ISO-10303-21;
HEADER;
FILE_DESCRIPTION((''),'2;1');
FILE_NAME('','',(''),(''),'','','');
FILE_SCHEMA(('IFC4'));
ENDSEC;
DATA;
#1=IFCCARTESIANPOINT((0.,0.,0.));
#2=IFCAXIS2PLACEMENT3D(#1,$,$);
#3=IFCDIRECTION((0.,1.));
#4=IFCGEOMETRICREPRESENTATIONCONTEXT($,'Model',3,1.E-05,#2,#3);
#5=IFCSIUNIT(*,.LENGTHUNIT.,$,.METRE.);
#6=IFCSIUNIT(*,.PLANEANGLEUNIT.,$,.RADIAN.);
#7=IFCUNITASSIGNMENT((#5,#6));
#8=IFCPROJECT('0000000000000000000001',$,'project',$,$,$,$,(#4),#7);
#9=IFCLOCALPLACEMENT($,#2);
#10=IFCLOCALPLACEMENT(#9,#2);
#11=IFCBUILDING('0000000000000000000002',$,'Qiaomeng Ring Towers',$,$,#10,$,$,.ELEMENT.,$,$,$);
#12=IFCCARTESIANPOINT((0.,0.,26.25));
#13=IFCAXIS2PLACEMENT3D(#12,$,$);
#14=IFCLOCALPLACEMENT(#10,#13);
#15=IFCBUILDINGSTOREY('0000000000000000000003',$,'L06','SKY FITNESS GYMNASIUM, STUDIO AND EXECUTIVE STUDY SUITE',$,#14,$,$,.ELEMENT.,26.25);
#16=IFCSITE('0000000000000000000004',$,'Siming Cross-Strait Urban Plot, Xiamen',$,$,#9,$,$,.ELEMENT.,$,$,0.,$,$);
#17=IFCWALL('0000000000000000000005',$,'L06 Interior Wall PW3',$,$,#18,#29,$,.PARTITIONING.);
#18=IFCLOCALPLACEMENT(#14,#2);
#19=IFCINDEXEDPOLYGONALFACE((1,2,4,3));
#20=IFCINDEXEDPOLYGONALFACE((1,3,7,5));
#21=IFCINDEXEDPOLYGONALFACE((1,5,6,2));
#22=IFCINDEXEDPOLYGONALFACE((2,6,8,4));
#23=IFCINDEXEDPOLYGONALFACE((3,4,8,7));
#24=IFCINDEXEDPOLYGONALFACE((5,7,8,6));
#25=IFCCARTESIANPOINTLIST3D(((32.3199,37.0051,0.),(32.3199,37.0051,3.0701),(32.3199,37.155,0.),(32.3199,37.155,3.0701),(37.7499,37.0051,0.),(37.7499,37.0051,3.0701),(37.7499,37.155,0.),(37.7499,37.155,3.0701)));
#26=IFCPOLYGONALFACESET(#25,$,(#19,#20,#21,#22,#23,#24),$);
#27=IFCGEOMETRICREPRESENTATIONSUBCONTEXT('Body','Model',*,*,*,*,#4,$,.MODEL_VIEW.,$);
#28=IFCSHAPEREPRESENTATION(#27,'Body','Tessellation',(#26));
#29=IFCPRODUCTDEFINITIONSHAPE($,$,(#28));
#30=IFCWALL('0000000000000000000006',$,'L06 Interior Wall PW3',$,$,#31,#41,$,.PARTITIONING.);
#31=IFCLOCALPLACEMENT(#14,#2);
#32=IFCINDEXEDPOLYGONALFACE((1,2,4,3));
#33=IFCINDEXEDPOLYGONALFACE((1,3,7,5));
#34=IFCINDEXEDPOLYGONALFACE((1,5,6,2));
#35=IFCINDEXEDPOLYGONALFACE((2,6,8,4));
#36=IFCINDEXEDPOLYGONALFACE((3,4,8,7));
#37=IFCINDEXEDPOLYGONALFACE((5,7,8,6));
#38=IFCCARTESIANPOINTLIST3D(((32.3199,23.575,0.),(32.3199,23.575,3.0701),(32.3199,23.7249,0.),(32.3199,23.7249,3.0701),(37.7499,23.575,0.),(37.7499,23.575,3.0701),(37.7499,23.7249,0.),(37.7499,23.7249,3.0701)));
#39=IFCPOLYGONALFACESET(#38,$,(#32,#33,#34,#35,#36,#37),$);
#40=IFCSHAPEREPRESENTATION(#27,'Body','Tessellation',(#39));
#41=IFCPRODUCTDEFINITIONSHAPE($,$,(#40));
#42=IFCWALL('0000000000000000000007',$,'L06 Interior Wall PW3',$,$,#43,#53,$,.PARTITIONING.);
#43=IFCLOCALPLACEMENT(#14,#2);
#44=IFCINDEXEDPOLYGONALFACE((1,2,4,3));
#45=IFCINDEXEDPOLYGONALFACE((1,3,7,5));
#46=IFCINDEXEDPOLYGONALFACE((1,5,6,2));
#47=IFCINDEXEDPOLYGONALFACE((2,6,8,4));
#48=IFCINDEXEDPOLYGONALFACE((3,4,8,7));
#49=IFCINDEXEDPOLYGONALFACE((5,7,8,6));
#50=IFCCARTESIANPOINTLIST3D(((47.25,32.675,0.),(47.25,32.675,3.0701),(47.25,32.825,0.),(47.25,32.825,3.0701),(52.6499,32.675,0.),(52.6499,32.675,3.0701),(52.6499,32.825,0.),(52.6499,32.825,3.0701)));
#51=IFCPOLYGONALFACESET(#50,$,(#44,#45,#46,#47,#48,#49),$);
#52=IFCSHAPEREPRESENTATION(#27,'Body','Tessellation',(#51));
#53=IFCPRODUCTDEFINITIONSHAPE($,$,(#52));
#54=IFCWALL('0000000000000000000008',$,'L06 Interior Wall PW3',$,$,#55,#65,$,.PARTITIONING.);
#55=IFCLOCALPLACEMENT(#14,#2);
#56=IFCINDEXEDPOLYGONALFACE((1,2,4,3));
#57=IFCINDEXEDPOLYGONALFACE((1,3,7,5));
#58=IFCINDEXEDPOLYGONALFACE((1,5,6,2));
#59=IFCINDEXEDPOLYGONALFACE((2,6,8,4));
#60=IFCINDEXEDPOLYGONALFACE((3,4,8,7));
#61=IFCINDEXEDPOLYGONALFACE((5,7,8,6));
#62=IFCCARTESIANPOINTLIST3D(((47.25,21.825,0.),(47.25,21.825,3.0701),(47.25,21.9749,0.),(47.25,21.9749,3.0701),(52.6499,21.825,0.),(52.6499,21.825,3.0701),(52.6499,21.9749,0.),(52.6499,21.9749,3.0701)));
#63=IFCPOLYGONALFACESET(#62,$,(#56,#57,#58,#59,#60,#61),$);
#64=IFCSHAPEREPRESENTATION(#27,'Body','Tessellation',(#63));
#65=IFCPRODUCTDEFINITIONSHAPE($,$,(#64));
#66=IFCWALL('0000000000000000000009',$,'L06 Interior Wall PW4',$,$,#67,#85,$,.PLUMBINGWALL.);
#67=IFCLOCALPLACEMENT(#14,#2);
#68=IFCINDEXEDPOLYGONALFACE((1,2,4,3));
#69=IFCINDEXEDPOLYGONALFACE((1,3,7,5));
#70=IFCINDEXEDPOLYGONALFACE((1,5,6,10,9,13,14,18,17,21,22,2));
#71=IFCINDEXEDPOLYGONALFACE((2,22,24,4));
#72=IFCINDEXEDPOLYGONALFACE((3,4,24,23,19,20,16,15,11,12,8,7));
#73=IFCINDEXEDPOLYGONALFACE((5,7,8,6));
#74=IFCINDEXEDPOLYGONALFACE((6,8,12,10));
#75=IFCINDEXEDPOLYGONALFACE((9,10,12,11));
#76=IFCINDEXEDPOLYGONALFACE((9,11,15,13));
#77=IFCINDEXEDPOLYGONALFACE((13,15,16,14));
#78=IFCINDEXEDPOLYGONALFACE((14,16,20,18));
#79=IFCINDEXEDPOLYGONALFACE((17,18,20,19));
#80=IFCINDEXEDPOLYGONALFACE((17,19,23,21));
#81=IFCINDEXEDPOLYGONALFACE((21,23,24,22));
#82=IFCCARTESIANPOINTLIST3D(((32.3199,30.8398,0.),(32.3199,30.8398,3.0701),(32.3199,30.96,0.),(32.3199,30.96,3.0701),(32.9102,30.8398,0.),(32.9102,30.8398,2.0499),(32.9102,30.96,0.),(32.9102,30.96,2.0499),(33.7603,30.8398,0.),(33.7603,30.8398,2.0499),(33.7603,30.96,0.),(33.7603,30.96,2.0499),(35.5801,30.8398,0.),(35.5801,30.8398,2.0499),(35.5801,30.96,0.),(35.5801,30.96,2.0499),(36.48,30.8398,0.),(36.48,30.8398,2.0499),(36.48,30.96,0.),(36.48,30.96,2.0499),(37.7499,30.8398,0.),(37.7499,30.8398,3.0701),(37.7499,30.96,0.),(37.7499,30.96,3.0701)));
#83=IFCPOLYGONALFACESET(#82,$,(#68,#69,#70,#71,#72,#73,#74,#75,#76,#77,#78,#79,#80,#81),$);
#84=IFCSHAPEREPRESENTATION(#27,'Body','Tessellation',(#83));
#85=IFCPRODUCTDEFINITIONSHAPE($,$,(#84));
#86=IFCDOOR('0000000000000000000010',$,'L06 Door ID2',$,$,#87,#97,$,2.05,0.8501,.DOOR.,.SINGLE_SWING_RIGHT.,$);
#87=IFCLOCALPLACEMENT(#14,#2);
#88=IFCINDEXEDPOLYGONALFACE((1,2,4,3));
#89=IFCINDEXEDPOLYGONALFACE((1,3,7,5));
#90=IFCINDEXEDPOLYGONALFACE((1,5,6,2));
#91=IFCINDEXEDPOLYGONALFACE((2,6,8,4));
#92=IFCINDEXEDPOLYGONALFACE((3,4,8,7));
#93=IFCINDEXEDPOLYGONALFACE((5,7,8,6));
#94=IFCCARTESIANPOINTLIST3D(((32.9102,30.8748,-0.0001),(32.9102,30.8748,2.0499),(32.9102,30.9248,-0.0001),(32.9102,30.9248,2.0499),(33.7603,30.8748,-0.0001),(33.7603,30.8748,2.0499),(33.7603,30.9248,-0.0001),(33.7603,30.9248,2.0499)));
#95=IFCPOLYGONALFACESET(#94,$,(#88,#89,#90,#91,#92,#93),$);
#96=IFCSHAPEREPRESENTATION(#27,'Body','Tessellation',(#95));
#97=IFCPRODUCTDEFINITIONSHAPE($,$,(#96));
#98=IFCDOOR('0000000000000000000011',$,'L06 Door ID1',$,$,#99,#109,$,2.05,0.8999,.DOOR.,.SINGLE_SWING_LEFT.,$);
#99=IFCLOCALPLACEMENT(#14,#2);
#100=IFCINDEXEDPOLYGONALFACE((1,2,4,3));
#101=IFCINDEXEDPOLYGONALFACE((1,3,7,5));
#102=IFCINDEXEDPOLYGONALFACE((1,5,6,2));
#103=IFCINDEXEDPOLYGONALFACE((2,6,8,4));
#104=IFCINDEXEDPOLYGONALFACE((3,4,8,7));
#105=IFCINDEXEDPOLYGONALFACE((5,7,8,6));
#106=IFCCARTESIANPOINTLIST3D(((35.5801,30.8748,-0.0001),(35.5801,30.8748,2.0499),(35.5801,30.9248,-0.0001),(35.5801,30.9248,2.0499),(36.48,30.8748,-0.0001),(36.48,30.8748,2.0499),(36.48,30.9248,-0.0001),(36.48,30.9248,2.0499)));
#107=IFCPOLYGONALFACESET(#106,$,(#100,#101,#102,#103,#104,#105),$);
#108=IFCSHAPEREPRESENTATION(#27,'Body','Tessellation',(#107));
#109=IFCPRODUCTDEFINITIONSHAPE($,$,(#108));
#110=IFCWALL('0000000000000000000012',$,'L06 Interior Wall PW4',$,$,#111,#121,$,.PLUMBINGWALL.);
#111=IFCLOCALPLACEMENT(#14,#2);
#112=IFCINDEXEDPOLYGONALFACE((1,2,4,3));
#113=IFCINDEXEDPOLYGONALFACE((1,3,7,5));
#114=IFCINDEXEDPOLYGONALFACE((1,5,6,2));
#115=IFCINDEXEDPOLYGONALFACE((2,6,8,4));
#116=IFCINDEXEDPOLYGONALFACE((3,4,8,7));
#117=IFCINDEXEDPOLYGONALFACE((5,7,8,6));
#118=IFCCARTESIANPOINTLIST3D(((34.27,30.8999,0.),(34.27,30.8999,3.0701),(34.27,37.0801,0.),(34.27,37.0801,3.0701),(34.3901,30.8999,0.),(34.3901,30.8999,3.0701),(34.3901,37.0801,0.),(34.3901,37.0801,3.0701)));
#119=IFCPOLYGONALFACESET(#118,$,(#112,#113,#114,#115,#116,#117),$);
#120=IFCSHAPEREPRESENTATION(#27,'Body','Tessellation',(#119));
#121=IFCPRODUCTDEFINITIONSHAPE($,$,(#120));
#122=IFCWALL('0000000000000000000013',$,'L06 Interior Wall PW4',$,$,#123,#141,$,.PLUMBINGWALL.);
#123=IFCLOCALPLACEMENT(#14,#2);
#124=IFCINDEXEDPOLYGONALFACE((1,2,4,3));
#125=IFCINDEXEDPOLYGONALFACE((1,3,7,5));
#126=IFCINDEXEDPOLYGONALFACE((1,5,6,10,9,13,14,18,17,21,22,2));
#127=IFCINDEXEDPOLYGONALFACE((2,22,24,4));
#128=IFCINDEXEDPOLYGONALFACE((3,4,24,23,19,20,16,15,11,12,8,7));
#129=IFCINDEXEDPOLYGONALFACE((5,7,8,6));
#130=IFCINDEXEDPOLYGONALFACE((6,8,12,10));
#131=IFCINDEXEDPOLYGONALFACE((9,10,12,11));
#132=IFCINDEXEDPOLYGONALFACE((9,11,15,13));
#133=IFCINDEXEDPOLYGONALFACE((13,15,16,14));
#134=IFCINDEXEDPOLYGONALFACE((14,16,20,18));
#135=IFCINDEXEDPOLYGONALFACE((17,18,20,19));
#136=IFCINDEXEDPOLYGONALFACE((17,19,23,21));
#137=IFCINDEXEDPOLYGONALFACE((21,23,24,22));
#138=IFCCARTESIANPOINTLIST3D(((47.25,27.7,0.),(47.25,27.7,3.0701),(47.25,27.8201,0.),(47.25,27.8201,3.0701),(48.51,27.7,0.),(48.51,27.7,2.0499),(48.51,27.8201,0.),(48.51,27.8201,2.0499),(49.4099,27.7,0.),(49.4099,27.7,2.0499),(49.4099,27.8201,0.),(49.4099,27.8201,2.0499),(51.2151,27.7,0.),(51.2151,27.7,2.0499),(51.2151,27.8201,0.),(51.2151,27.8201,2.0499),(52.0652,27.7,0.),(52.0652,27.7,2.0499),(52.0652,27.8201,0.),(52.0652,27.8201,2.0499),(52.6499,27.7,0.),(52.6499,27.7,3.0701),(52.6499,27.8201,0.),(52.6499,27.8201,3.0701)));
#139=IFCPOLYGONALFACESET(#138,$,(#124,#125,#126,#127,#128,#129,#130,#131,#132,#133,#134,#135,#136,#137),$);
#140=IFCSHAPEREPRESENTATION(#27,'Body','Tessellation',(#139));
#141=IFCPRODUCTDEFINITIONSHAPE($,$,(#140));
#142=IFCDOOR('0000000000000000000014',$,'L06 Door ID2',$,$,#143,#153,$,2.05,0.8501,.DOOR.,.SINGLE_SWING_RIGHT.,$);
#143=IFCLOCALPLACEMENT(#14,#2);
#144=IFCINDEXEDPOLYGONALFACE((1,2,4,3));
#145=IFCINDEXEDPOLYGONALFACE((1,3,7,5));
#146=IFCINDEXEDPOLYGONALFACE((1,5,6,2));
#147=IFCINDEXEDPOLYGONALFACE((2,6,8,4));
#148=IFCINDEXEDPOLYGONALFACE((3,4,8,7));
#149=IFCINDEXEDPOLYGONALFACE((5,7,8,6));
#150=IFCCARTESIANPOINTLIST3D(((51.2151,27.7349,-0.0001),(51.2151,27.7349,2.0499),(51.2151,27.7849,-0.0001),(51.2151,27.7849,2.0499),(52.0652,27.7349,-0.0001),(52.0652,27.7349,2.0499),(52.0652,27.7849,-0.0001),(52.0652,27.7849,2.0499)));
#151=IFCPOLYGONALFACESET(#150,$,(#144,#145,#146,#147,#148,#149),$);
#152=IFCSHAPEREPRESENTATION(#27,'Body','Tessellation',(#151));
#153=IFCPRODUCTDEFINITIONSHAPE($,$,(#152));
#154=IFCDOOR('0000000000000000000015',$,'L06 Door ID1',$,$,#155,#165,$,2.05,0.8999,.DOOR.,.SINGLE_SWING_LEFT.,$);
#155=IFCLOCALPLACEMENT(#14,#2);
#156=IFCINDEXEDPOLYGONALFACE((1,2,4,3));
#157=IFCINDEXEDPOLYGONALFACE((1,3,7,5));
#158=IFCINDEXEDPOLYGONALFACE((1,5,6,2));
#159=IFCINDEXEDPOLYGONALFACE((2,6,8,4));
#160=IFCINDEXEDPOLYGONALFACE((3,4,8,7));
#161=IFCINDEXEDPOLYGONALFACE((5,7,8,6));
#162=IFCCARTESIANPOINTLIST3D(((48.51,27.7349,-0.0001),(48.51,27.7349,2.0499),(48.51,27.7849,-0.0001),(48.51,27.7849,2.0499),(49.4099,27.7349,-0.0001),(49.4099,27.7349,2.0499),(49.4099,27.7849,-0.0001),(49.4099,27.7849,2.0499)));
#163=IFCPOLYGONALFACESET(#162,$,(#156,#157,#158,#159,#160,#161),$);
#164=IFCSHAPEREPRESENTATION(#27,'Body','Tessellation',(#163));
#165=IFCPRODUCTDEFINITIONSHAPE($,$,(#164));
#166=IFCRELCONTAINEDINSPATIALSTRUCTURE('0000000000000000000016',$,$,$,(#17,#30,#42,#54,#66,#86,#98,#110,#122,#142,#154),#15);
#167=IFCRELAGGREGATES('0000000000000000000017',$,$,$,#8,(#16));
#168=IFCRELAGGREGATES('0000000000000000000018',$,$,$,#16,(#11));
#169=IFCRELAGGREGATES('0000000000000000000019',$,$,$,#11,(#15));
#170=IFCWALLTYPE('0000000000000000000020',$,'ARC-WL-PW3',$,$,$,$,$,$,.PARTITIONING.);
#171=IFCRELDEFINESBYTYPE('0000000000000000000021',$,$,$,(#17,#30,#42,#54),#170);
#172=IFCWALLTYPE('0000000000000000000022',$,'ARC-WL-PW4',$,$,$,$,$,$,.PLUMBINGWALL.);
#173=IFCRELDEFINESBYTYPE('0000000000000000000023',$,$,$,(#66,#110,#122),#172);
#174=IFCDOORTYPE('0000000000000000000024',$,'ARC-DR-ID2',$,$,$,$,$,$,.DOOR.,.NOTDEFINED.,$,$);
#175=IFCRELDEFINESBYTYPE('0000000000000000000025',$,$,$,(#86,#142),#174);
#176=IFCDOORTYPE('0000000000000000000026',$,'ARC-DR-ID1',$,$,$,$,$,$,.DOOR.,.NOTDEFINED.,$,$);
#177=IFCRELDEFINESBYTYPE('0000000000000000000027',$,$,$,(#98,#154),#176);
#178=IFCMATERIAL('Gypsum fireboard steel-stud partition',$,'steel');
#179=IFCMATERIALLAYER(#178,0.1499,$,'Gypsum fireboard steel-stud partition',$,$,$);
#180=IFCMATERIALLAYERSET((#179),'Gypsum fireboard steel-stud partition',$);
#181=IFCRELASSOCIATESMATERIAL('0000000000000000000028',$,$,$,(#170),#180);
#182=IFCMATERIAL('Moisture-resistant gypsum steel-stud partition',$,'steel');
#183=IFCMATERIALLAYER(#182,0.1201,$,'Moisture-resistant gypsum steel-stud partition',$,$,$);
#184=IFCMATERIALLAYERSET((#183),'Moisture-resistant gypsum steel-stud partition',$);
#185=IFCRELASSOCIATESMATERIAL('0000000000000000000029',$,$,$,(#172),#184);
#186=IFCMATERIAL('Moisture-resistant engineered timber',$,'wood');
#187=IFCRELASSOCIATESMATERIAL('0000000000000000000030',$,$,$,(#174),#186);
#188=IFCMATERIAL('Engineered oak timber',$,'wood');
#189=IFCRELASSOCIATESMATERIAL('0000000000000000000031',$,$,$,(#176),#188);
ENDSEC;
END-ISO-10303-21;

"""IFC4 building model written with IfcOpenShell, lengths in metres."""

from ifc_helpers import new_model, si_unit, direction, frame, frame_2d, origin, place, context, subcontext, project, spatial, rectangle, extrude, source, transform, mapped, material, layer, layer_set, type_object, element, fill, save


model = new_model("IFC4")

# Units and contexts
model_context = context("Model", 3, precision=1e-05, world=origin(), true_north=direction((0.0, 1.0)))
body_context = subcontext(model_context, "Body", "Model", "MODEL_VIEW")
ifc_project = project(units=[si_unit("LENGTHUNIT", "METRE"), si_unit("PLANEANGLEUNIT", "RADIAN")], contexts=[model_context])

# Site, building, storey
site_placement = place(None, origin())
site = spatial("IfcSite", under=ifc_project, at=site_placement, Name="Siming Cross-Strait Urban Plot, Xiamen", CompositionType="ELEMENT", RefElevation=0.0)
building_placement = place(site_placement, origin())
building = spatial("IfcBuilding", under=site, at=building_placement, Name="Qiaomeng Ring Towers", CompositionType="ELEMENT")
storey_placement = place(building_placement, frame((0.0, 0.0, 26.25)))
storey = spatial("IfcBuildingStorey", under=building, at=storey_placement, Name="L06", Description="SKY FITNESS GYMNASIUM, STUDIO AND EXECUTIVE STUDY SUITE", CompositionType="ELEMENT", Elevation=26.25)

# Walls
ifc_material_1 = material(Name="Gypsum fireboard steel-stud partition", Category="steel")
ifc_layer_1 = layer(ifc_material_1, 0.1499, Name="Gypsum fireboard steel-stud partition")
ifc_layer_set_1 = layer_set([ifc_layer_1], Name="Gypsum fireboard steel-stud partition")
wall_type_1 = type_object("IfcWallType", Name="ARC-WL-PW3", PredefinedType="PARTITIONING", material=ifc_layer_set_1)
for number, where, z_axis, x_axis, name in (
    (1, (32.3201, 37.0801, 0.0), (0.0, 0.0, 1.0), (1.0, 0.0, 0.0), "L06 Interior Wall PW3"),
    (2, (32.3201, 23.6499, 0.0), (0.0, 0.0, 1.0), (1.0, 0.0, 0.0), "L06 Interior Wall PW3"),
):
    element("IfcWall", number, at=place(storey_placement, frame(where, z_axis=z_axis, x_axis=x_axis)), inside=storey, type_object=wall_type_1, Name=name, PredefinedType="PARTITIONING", context=body_context, shape_type="SweptSolid", body=[
        extrude(rectangle(XDim=5.4299, YDim=0.1499, at=frame_2d((2.7148, 0.0))), origin(), (0.0, 0.0, 1.0), 3.0701),
    ])
for number, where, z_axis, x_axis, name in (
    (3, (47.25, 32.75, 0.0), (0.0, 0.0, 1.0), (1.0, 0.0, 0.0), "L06 Interior Wall PW3"),
    (4, (47.25, 21.8999, 0.0), (0.0, 0.0, 1.0), (1.0, 0.0, 0.0), "L06 Interior Wall PW3"),
):
    element("IfcWall", number, at=place(storey_placement, frame(where, z_axis=z_axis, x_axis=x_axis)), inside=storey, type_object=wall_type_1, Name=name, PredefinedType="PARTITIONING", context=body_context, shape_type="SweptSolid", body=[
        extrude(rectangle(XDim=5.3999, YDim=0.1499, at=frame_2d((2.7, 0.0))), origin(), (0.0, 0.0, 1.0), 3.0701),
    ])

# Wall, openings, doors
ifc_material_2 = material(Name="Moisture-resistant gypsum steel-stud partition", Category="steel")
ifc_layer_2 = layer(ifc_material_2, 0.1201, Name="Moisture-resistant gypsum steel-stud partition")
ifc_layer_set_2 = layer_set([ifc_layer_2], Name="Moisture-resistant gypsum steel-stud partition")
wall_type_2 = type_object("IfcWallType", Name="ARC-WL-PW4", PredefinedType="PLUMBINGWALL", material=ifc_layer_set_2)
wall_1_placement = place(storey_placement, frame((32.3201, 30.8999, 0.0), z_axis=(0.0, 0.0, 1.0), x_axis=(1.0, 0.0, 0.0)))
wall_1 = element("IfcWall", 5, at=wall_1_placement, inside=storey, type_object=wall_type_2, Name="L06 Interior Wall PW4", PredefinedType="PLUMBINGWALL", context=body_context, shape_type="SweptSolid", body=[
    extrude(rectangle(XDim=5.4299, YDim=0.1201, at=frame_2d((2.7148, 0.0))), origin(), (0.0, 0.0, 1.0), 3.0701),
])
opening_1_placement = place(wall_1_placement, frame((0.5901, 0.0, 0.0)))
opening_1 = element("IfcOpeningElement", 6, at=opening_1_placement, cuts=wall_1, PredefinedType="OPENING", context=body_context, shape_type="SweptSolid", body=[
    extrude(rectangle(XDim=0.8501, YDim=2.05, at=frame_2d((0.425, 1.0249))), frame((0.0, 0.0701, 0.0), z_axis=(0.0, -1.0, 0.0), x_axis=(1.0, 0.0, 0.0)), (0.0, 0.0, 1.0), 0.1401),
])
opening_2_placement = place(wall_1_placement, frame((3.26, 0.0, 0.0)))
opening_2 = element("IfcOpeningElement", 7, at=opening_2_placement, cuts=wall_1, PredefinedType="OPENING", context=body_context, shape_type="SweptSolid", body=[
    extrude(rectangle(XDim=0.8999, YDim=2.05, at=frame_2d((0.45, 1.0249))), frame((0.0, 0.0701, 0.0), z_axis=(0.0, -1.0, 0.0), x_axis=(1.0, 0.0, 0.0)), (0.0, 0.0, 1.0), 0.1401),
])
ifc_material_3 = material(Name="Moisture-resistant engineered timber", Category="wood")
door_type_1 = type_object("IfcDoorType", Name="ARC-DR-ID2", OperationType="NOTDEFINED", PredefinedType="DOOR", material=ifc_material_3)
shared_shape_1 = source(origin(), body_context, "Body", "SweptSolid", [
    extrude(rectangle(XDim=0.8501, YDim=2.05, at=frame_2d((0.425, 1.0249))), frame((0.0, 0.0249, 0.0), z_axis=(0.0, -1.0, 0.0), x_axis=(1.0, 0.0, 0.0)), (0.0, 0.0, 1.0), 0.05),
])
door_1_placement = place(opening_1_placement, origin())
door_1 = element("IfcDoor", 8, at=door_1_placement, inside=storey, type_object=door_type_1, Name="L06 Door ID2", OperationType="SINGLE_SWING_RIGHT", OverallHeight=2.05, OverallWidth=0.8501, PredefinedType="DOOR", context=body_context, shape_type="MappedRepresentation", body=[
    mapped(shared_shape_1, transform((0.0, 0.0, 0.0), x_axis=(1.0, 0.0, 0.0), y_axis=(0.0, 1.0, 0.0), z_axis=(0.0, 0.0, 1.0), scale=1.0)),
])
fill(opening_1, door_1)
ifc_material_4 = material(Name="Engineered oak timber", Category="wood")
door_type_2 = type_object("IfcDoorType", Name="ARC-DR-ID1", OperationType="NOTDEFINED", PredefinedType="DOOR", material=ifc_material_4)
shared_shape_2 = source(origin(), body_context, "Body", "SweptSolid", [
    extrude(rectangle(XDim=0.8999, YDim=2.05, at=frame_2d((0.45, 1.0249))), frame((0.0, 0.0249, 0.0), z_axis=(0.0, -1.0, 0.0), x_axis=(1.0, 0.0, 0.0)), (0.0, 0.0, 1.0), 0.05),
])
door_2_placement = place(opening_2_placement, origin())
door_2 = element("IfcDoor", 9, at=door_2_placement, inside=storey, type_object=door_type_2, Name="L06 Door ID1", OperationType="SINGLE_SWING_LEFT", OverallHeight=2.05, OverallWidth=0.8999, PredefinedType="DOOR", context=body_context, shape_type="MappedRepresentation", body=[
    mapped(shared_shape_2, transform((0.0, 0.0, 0.0), x_axis=(1.0, 0.0, 0.0), y_axis=(0.0, 1.0, 0.0), z_axis=(0.0, 0.0, 1.0), scale=1.0)),
])
fill(opening_2, door_2)

# Wall
wall_2_placement = place(storey_placement, frame((34.3301, 30.8999, 0.0), z_axis=(0.0, 0.0, 1.0), x_axis=(0.0, 1.0, 0.0)))
element("IfcWall", 10, at=wall_2_placement, inside=storey, type_object=wall_type_2, Name="L06 Interior Wall PW4", PredefinedType="PLUMBINGWALL", context=body_context, shape_type="SweptSolid", body=[
    extrude(rectangle(XDim=6.1802, YDim=0.1201, at=frame_2d((3.0901, 0.0))), origin(), (0.0, 0.0, 1.0), 3.0701),
])

# Wall, openings, doors
wall_3_placement = place(storey_placement, frame((47.25, 27.76, 0.0), z_axis=(0.0, 0.0, 1.0), x_axis=(1.0, 0.0, 0.0)))
wall_3 = element("IfcWall", 11, at=wall_3_placement, inside=storey, type_object=wall_type_2, Name="L06 Interior Wall PW4", PredefinedType="PLUMBINGWALL", context=body_context, shape_type="SweptSolid", body=[
    extrude(rectangle(XDim=5.3999, YDim=0.1201, at=frame_2d((2.7, 0.0))), origin(), (0.0, 0.0, 1.0), 3.0701),
])
opening_3_placement = place(wall_3_placement, frame((1.26, 0.0, 0.0)))
opening_3 = element("IfcOpeningElement", 12, at=opening_3_placement, cuts=wall_3, PredefinedType="OPENING", context=body_context, shape_type="SweptSolid", body=[
    extrude(rectangle(XDim=0.8999, YDim=2.05, at=frame_2d((0.45, 1.0249))), frame((0.0, 0.0701, 0.0), z_axis=(0.0, -1.0, 0.0), x_axis=(1.0, 0.0, 0.0)), (0.0, 0.0, 1.0), 0.1401),
])
opening_4_placement = place(wall_3_placement, frame((3.9651, 0.0, 0.0)))
opening_4 = element("IfcOpeningElement", 13, at=opening_4_placement, cuts=wall_3, PredefinedType="OPENING", context=body_context, shape_type="SweptSolid", body=[
    extrude(rectangle(XDim=0.8501, YDim=2.05, at=frame_2d((0.425, 1.0249))), frame((0.0, 0.0701, 0.0), z_axis=(0.0, -1.0, 0.0), x_axis=(1.0, 0.0, 0.0)), (0.0, 0.0, 1.0), 0.1401),
])
door_3_placement = place(opening_4_placement, origin())
door_3 = element("IfcDoor", 14, at=door_3_placement, inside=storey, type_object=door_type_1, Name="L06 Door ID2", OperationType="SINGLE_SWING_RIGHT", OverallHeight=2.05, OverallWidth=0.8501, PredefinedType="DOOR", context=body_context, shape_type="MappedRepresentation", body=[
    mapped(shared_shape_1, transform((0.0, 0.0, 0.0), x_axis=(1.0, 0.0, 0.0), y_axis=(0.0, 1.0, 0.0), z_axis=(0.0, 0.0, 1.0), scale=1.0)),
])
fill(opening_4, door_3)
door_4_placement = place(opening_3_placement, origin())
door_4 = element("IfcDoor", 15, at=door_4_placement, inside=storey, type_object=door_type_2, Name="L06 Door ID1", OperationType="SINGLE_SWING_LEFT", OverallHeight=2.05, OverallWidth=0.8999, PredefinedType="DOOR", context=body_context, shape_type="MappedRepresentation", body=[
    mapped(shared_shape_2, transform((0.0, 0.0, 0.0), x_axis=(1.0, 0.0, 0.0), y_axis=(0.0, 1.0, 0.0), z_axis=(0.0, 0.0, 1.0), scale=1.0)),
])
fill(opening_3, door_4)

save(model, "model.ifc")
